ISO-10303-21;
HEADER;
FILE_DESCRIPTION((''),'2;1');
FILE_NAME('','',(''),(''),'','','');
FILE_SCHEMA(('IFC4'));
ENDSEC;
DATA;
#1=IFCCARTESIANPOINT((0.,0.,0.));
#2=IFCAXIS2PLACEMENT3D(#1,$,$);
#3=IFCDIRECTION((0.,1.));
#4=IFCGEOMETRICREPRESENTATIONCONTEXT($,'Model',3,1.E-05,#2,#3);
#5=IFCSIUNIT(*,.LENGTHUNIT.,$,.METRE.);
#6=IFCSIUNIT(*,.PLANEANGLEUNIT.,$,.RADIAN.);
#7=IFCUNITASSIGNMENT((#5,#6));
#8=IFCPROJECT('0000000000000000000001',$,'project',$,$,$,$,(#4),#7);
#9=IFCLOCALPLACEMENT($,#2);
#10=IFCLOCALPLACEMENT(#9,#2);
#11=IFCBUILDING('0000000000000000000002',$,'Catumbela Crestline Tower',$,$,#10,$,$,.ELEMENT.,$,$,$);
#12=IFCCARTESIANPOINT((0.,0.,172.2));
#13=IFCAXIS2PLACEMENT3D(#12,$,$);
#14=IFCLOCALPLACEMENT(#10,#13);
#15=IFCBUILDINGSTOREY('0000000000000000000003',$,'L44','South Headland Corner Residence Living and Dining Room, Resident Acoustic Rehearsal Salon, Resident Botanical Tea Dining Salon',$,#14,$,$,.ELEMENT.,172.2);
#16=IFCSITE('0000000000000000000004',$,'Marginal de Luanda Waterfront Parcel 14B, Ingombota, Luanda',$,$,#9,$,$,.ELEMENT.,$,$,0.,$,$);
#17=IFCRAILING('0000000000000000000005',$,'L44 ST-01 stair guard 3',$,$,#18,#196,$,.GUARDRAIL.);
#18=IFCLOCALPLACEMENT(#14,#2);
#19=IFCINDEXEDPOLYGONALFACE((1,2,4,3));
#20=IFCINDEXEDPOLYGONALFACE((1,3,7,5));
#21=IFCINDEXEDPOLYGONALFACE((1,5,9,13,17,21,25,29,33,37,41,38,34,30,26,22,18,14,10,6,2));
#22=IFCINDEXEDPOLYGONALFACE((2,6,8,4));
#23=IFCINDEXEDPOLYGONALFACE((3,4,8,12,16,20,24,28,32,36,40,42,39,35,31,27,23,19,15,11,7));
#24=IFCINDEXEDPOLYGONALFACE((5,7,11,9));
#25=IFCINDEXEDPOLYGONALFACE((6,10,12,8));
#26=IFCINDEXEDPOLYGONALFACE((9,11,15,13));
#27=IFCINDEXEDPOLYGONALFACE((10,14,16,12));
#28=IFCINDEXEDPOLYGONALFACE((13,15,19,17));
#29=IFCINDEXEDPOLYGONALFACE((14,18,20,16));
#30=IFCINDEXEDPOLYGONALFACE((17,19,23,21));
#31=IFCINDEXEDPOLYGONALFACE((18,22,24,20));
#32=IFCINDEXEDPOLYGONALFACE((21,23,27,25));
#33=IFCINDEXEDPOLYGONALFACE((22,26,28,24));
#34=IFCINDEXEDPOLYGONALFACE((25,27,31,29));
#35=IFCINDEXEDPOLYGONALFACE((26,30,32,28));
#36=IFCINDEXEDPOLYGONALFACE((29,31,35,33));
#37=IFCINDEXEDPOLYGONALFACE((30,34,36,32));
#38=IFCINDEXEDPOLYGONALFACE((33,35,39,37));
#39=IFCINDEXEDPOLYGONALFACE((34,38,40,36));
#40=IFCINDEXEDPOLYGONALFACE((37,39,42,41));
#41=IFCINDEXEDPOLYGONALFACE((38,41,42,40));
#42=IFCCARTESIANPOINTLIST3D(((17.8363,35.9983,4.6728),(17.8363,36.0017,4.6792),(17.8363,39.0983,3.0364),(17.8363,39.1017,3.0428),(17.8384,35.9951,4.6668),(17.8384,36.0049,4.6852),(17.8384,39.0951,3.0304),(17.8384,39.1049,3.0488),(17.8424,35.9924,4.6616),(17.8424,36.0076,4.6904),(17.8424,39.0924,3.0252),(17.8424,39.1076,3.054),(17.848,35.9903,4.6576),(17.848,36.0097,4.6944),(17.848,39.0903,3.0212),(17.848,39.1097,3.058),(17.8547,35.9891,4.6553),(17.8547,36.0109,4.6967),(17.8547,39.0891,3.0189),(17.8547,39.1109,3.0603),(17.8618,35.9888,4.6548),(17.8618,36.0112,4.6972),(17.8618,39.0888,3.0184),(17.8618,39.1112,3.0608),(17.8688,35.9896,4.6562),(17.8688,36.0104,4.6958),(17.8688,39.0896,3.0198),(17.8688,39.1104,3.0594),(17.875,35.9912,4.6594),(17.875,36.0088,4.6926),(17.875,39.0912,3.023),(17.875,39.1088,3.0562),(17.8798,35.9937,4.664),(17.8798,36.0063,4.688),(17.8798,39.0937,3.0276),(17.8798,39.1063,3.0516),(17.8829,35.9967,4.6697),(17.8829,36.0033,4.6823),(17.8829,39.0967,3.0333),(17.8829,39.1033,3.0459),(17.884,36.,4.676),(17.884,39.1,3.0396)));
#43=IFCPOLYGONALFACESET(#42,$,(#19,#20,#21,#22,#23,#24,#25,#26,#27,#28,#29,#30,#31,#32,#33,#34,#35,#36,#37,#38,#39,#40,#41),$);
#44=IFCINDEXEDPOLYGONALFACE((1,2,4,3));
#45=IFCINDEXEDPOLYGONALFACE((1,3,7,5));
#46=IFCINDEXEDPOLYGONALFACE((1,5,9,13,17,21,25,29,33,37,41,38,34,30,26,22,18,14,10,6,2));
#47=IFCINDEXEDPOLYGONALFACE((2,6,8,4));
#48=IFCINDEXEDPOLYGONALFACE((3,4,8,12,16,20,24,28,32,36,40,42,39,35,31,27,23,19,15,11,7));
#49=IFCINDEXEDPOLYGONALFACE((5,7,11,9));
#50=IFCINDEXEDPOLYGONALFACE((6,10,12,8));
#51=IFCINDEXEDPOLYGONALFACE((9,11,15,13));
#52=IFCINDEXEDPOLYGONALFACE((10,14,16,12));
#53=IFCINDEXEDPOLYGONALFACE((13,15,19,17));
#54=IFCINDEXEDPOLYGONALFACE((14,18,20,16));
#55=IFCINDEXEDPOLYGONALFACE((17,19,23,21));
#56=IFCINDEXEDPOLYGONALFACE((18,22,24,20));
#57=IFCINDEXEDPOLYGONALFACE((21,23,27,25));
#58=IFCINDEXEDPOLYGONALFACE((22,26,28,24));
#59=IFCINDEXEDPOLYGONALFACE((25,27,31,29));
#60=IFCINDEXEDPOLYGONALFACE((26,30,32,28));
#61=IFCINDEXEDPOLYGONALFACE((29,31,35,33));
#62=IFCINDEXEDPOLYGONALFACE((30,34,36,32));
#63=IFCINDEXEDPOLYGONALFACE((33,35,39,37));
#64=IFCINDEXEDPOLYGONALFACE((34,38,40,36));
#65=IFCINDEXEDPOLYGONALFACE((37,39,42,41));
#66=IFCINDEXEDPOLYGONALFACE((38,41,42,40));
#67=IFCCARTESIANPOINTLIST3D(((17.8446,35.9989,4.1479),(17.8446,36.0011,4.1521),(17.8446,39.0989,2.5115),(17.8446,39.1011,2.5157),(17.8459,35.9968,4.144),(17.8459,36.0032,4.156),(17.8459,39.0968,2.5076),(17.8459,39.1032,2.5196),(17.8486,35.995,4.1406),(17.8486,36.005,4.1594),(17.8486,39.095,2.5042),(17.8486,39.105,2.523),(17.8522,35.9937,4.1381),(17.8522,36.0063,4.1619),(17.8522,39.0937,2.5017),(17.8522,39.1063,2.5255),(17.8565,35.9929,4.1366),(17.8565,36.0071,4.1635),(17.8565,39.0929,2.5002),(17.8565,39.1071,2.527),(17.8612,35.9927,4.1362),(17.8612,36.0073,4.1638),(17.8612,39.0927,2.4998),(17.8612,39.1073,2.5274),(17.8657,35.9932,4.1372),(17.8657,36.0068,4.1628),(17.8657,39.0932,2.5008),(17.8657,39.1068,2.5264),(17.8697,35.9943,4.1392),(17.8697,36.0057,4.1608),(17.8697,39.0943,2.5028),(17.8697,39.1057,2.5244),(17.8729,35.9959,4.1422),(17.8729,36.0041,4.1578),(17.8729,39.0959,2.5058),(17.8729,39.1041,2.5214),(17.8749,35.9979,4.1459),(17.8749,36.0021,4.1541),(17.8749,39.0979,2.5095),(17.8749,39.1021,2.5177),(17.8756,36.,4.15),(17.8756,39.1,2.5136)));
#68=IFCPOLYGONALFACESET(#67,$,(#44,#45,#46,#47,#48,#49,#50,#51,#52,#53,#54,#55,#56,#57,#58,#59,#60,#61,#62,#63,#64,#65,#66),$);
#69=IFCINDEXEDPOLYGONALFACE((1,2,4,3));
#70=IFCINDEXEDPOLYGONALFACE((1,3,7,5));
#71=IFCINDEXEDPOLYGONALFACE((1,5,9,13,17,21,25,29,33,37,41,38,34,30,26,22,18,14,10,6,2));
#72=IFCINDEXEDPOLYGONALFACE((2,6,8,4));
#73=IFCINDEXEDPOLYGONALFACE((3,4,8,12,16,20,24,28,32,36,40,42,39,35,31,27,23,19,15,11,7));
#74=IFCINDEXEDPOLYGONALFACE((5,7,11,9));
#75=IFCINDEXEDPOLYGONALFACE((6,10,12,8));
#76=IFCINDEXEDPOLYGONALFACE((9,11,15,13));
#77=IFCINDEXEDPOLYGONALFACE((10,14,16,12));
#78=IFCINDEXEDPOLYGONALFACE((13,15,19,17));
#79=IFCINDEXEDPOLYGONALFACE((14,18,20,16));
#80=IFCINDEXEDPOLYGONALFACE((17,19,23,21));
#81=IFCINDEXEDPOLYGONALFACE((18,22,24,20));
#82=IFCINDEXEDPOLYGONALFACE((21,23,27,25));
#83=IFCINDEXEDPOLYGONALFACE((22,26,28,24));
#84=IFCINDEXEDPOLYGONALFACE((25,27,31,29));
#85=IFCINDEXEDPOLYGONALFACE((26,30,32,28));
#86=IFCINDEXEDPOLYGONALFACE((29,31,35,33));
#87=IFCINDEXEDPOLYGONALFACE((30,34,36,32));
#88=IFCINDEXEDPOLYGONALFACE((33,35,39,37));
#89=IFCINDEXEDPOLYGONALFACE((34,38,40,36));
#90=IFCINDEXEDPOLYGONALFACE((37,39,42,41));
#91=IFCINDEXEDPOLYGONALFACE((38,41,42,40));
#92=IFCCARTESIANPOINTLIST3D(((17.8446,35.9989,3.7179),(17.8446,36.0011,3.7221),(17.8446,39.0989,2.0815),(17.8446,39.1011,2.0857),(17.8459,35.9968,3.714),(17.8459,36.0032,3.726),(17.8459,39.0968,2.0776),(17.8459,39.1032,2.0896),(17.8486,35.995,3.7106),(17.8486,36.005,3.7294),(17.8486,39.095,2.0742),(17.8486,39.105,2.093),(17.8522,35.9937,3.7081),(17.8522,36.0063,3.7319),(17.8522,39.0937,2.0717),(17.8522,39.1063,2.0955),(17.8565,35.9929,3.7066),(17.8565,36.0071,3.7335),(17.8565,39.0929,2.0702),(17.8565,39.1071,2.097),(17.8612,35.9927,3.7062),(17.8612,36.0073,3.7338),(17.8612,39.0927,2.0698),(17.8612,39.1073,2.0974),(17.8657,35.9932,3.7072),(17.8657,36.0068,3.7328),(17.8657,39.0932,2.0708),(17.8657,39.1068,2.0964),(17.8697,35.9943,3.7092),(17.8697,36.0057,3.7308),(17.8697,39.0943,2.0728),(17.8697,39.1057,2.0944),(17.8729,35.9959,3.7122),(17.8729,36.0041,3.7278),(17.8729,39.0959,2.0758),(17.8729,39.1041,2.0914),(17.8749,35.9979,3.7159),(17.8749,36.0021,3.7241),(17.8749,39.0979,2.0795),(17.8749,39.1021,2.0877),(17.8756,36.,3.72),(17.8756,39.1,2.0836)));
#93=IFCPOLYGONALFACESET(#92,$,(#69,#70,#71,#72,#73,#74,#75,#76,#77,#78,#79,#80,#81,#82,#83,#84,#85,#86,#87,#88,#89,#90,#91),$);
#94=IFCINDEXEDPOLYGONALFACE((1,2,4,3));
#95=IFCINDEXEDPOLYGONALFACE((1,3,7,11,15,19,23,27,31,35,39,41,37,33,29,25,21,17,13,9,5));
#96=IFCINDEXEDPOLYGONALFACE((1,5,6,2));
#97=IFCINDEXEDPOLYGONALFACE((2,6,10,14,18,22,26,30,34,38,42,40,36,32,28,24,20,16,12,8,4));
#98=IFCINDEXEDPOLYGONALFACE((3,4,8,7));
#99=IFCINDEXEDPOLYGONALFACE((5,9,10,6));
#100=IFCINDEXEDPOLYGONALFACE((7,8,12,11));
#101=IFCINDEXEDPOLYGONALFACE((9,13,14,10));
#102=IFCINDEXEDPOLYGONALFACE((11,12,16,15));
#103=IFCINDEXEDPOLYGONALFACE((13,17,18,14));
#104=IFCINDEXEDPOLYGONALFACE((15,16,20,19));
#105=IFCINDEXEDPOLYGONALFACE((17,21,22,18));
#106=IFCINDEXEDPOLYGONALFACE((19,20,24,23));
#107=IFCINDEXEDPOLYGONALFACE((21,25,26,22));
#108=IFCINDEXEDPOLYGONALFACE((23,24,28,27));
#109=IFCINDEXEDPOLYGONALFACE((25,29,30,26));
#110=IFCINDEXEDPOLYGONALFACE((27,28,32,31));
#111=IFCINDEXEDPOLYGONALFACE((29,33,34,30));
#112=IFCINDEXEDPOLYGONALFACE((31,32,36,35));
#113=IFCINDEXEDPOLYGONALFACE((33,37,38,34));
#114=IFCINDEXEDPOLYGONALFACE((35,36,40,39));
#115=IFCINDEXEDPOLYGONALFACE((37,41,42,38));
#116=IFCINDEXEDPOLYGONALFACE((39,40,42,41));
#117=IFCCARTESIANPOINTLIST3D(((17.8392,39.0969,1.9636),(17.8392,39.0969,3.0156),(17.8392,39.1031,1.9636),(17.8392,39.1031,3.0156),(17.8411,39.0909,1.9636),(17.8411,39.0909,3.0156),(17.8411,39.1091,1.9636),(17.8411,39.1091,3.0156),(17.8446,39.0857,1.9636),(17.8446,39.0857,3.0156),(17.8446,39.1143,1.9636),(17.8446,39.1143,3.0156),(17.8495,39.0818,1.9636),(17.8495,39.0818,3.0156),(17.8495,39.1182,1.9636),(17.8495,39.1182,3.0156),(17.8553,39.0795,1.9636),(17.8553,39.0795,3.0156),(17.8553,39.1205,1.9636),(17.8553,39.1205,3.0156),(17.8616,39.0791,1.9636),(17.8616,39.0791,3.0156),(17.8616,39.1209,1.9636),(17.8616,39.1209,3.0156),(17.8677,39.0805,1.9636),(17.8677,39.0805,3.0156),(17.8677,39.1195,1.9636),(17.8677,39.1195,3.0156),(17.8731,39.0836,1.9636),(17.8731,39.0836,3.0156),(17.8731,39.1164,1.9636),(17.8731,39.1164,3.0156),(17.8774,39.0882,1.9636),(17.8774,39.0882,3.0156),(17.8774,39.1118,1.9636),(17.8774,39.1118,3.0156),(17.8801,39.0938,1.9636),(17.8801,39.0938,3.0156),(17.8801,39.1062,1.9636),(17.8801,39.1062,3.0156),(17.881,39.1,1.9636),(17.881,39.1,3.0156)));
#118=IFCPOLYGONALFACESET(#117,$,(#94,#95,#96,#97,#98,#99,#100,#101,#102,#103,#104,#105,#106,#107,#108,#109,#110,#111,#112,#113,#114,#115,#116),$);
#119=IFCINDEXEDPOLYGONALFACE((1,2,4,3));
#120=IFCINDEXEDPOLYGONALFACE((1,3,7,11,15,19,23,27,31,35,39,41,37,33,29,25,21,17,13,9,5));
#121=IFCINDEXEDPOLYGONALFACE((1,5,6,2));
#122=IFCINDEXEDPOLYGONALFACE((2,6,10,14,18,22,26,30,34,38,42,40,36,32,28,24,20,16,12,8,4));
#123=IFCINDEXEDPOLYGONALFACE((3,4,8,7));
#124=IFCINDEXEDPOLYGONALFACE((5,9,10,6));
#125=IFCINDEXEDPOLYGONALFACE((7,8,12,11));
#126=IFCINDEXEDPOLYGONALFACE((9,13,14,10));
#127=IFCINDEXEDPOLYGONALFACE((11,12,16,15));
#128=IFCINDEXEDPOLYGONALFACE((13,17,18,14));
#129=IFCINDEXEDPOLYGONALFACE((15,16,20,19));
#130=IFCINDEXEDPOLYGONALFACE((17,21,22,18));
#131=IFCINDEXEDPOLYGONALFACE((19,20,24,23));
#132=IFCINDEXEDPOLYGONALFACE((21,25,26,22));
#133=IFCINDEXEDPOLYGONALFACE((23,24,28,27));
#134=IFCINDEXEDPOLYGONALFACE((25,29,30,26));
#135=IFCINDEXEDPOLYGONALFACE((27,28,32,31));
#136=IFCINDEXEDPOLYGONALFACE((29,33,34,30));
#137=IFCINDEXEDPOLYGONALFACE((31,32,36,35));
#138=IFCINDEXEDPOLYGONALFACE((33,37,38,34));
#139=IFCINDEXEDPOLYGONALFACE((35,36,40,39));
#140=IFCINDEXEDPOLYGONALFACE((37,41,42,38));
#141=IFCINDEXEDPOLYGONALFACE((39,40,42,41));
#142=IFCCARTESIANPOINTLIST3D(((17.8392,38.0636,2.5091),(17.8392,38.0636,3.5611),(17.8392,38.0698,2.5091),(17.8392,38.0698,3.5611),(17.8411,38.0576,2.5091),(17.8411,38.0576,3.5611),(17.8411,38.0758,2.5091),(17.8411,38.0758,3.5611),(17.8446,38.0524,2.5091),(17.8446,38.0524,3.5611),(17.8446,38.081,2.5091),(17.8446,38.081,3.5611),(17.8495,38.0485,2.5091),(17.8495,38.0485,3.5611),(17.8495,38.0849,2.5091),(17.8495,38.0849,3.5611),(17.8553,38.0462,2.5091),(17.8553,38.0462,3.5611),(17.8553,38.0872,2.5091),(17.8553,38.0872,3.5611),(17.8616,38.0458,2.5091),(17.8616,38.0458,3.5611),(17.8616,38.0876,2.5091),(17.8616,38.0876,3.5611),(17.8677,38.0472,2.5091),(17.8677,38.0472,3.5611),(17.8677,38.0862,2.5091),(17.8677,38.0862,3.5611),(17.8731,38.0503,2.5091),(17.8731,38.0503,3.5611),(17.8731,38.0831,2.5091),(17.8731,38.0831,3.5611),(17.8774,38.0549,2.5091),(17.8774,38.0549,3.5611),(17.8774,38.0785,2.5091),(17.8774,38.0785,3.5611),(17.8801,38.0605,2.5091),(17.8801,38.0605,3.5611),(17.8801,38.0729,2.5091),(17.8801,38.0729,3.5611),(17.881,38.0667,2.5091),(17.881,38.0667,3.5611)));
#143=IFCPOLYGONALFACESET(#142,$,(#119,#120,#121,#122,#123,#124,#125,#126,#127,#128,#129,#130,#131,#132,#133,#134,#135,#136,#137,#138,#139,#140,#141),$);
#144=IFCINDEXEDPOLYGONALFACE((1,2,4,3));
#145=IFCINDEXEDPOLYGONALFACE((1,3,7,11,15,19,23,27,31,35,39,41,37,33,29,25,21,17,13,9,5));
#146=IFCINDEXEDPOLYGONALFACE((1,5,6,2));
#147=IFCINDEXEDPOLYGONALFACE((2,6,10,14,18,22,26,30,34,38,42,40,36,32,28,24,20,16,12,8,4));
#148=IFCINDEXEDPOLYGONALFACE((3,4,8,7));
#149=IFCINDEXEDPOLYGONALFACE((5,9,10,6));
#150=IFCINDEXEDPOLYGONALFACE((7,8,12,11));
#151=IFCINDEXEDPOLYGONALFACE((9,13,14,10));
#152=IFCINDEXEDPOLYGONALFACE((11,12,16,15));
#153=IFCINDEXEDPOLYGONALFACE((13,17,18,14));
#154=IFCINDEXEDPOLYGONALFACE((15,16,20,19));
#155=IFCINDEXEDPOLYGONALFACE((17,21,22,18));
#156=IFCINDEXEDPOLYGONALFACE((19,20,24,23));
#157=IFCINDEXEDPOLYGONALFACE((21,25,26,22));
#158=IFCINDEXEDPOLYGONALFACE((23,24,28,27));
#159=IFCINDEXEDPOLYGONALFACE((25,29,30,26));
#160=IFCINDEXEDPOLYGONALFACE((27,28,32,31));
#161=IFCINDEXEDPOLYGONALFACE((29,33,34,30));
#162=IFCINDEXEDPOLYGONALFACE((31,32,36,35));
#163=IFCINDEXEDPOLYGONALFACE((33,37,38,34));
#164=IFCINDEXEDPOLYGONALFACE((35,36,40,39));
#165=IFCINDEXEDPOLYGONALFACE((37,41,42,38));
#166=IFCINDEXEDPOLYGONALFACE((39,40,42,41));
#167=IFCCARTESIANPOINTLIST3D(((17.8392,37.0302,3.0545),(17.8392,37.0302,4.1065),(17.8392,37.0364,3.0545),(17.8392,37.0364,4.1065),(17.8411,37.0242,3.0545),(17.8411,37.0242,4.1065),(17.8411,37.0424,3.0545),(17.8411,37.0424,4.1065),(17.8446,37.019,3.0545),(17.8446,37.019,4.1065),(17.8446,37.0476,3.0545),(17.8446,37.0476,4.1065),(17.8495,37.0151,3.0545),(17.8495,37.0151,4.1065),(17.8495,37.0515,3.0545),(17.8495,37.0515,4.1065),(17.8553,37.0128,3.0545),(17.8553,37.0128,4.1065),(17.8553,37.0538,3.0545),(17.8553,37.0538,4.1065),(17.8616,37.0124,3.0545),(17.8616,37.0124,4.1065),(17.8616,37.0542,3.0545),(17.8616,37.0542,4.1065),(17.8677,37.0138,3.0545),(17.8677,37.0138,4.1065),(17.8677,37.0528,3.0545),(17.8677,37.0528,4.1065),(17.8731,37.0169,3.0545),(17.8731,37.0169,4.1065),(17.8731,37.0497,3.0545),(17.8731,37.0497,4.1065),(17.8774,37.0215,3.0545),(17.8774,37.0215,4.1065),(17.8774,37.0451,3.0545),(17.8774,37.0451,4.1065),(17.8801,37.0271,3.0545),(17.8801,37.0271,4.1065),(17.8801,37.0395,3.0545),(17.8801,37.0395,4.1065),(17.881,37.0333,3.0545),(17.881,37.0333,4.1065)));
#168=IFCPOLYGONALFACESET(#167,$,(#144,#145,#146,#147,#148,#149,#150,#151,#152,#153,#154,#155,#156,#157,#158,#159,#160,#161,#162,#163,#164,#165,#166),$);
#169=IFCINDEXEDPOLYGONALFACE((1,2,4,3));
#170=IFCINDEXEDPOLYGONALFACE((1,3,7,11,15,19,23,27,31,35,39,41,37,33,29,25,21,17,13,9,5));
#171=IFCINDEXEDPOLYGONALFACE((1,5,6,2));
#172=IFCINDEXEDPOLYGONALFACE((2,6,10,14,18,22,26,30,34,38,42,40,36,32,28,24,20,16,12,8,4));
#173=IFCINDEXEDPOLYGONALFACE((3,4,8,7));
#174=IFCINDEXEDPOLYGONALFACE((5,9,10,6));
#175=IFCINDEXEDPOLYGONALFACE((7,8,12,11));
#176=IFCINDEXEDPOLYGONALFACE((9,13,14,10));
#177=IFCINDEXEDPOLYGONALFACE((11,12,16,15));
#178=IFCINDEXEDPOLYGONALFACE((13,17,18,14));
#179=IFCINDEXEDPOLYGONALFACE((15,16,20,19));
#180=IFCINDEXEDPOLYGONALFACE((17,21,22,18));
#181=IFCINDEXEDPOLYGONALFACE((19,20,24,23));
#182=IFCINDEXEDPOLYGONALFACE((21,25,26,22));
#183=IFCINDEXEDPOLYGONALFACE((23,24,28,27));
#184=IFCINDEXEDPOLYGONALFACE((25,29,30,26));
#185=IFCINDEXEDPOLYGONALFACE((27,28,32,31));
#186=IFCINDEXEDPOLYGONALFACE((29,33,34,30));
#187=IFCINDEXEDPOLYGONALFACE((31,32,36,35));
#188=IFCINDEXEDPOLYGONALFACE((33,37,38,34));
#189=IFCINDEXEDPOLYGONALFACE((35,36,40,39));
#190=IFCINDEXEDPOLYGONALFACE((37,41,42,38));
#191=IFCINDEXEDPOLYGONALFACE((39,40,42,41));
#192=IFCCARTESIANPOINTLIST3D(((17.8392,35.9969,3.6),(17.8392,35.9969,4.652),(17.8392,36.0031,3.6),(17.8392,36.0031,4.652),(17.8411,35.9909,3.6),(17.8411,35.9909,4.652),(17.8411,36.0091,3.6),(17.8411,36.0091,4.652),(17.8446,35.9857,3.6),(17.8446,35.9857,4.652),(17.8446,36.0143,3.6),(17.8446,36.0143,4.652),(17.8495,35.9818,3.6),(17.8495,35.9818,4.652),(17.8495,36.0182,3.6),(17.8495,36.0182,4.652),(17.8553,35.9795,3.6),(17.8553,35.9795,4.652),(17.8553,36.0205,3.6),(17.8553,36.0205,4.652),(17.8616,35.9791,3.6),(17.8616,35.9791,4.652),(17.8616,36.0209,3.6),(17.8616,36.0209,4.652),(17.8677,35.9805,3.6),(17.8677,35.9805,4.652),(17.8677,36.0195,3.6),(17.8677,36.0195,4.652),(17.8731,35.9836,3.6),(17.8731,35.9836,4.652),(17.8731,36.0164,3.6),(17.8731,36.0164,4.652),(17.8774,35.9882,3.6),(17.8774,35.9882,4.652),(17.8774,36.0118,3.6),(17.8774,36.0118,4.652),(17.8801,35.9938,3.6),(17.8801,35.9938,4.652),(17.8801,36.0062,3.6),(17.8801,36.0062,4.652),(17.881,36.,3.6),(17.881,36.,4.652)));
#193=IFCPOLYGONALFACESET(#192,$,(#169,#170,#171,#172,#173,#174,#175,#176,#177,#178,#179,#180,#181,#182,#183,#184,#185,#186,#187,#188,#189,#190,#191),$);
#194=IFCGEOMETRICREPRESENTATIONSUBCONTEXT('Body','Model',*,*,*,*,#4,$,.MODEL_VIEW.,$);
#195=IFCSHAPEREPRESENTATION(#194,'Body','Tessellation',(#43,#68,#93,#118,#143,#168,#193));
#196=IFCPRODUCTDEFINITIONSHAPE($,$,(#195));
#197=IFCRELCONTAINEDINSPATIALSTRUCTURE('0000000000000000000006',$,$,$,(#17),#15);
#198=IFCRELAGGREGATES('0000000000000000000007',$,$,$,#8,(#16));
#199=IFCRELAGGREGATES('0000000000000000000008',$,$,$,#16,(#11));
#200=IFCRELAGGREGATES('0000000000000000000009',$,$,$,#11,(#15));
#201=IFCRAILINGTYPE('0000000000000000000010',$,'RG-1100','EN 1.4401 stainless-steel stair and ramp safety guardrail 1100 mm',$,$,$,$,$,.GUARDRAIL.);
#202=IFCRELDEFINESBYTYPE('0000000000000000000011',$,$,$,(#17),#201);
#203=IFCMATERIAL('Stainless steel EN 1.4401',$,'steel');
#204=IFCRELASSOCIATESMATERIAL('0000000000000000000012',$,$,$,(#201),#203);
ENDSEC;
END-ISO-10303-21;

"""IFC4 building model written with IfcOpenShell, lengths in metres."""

from ifc_helpers import new_model, si_unit, direction, frame, origin, origin_2d, place, context, subcontext, project, spatial, circle, extrude, material, type_object, element, save


model = new_model("IFC4")

# Units and contexts
model_context = context("Model", 3, precision=1e-05, world=origin(), true_north=direction((0.0, 1.0)))
body_context = subcontext(model_context, "Body", "Model", "MODEL_VIEW")
ifc_project = project(units=[si_unit("LENGTHUNIT", "METRE"), si_unit("PLANEANGLEUNIT", "RADIAN")], contexts=[model_context])

# Site, building, storey
site_placement = place(None, origin())
site = spatial("IfcSite", under=ifc_project, at=site_placement, Name="Marginal de Luanda Waterfront Parcel 14B, Ingombota, Luanda", CompositionType="ELEMENT", RefElevation=0.0)
building_placement = place(site_placement, origin())
building = spatial("IfcBuilding", under=site, at=building_placement, Name="Catumbela Crestline Tower", CompositionType="ELEMENT")
storey_placement = place(building_placement, frame((0.0, 0.0, 172.2)))
storey = spatial("IfcBuildingStorey", under=building, at=storey_placement, Name="L44", Description="South Headland Corner Residence Living and Dining Room, Resident Acoustic Rehearsal Salon, Resident Botanical Tea Dining Salon", CompositionType="ELEMENT", Elevation=172.2)

# Shared definitions
ifc_material_1 = material(Name="Stainless steel EN 1.4401", Category="steel")

# Railing
railing_type_1 = type_object("IfcRailingType", Name="RG-1100", Description="EN 1.4401 stainless-steel stair and ramp safety guardrail 1100 mm", PredefinedType="GUARDRAIL", material=ifc_material_1)
railing_1_placement = place(storey_placement, frame((17.86, 39.1, 1.9636)))
element("IfcRailing", 1, at=railing_1_placement, inside=storey, type_object=railing_type_1, Name="L44 ST-01 stair guard 3", PredefinedType="GUARDRAIL", context=body_context, shape_type="SweptSolid", body=[
    extrude(circle(Radius=0.024, at=origin_2d()), frame((0.0, 0.0, 1.076), z_axis=(0.0, -0.884351, 0.466823), x_axis=(1.0, 0.0, 0.0)), (0.0, 0.0, 1.0), 3.5054),
    extrude(circle(Radius=0.0156, at=origin_2d()), frame((0.0, 0.0, 0.55), z_axis=(0.0, -0.884351, 0.466823), x_axis=(1.0, 0.0, 0.0)), (0.0, 0.0, 1.0), 3.5054),
    extrude(circle(Radius=0.0156, at=origin_2d()), frame((0.0, 0.0, 0.12), z_axis=(0.0, -0.884351, 0.466823), x_axis=(1.0, 0.0, 0.0)), (0.0, 0.0, 1.0), 3.5054),
    extrude(circle(Radius=0.021, at=origin_2d()), origin(), (0.0, 0.0, 1.0), 1.052),
    extrude(circle(Radius=0.021, at=origin_2d()), frame((0.0, -1.0333, 0.5455)), (0.0, 0.0, 1.0), 1.052),
    extrude(circle(Radius=0.021, at=origin_2d()), frame((0.0, -2.0667, 1.0909)), (0.0, 0.0, 1.0), 1.052),
    extrude(circle(Radius=0.021, at=origin_2d()), frame((0.0, -3.1, 1.6364)), (0.0, 0.0, 1.0), 1.052),
])

save(model, "model.ifc")
